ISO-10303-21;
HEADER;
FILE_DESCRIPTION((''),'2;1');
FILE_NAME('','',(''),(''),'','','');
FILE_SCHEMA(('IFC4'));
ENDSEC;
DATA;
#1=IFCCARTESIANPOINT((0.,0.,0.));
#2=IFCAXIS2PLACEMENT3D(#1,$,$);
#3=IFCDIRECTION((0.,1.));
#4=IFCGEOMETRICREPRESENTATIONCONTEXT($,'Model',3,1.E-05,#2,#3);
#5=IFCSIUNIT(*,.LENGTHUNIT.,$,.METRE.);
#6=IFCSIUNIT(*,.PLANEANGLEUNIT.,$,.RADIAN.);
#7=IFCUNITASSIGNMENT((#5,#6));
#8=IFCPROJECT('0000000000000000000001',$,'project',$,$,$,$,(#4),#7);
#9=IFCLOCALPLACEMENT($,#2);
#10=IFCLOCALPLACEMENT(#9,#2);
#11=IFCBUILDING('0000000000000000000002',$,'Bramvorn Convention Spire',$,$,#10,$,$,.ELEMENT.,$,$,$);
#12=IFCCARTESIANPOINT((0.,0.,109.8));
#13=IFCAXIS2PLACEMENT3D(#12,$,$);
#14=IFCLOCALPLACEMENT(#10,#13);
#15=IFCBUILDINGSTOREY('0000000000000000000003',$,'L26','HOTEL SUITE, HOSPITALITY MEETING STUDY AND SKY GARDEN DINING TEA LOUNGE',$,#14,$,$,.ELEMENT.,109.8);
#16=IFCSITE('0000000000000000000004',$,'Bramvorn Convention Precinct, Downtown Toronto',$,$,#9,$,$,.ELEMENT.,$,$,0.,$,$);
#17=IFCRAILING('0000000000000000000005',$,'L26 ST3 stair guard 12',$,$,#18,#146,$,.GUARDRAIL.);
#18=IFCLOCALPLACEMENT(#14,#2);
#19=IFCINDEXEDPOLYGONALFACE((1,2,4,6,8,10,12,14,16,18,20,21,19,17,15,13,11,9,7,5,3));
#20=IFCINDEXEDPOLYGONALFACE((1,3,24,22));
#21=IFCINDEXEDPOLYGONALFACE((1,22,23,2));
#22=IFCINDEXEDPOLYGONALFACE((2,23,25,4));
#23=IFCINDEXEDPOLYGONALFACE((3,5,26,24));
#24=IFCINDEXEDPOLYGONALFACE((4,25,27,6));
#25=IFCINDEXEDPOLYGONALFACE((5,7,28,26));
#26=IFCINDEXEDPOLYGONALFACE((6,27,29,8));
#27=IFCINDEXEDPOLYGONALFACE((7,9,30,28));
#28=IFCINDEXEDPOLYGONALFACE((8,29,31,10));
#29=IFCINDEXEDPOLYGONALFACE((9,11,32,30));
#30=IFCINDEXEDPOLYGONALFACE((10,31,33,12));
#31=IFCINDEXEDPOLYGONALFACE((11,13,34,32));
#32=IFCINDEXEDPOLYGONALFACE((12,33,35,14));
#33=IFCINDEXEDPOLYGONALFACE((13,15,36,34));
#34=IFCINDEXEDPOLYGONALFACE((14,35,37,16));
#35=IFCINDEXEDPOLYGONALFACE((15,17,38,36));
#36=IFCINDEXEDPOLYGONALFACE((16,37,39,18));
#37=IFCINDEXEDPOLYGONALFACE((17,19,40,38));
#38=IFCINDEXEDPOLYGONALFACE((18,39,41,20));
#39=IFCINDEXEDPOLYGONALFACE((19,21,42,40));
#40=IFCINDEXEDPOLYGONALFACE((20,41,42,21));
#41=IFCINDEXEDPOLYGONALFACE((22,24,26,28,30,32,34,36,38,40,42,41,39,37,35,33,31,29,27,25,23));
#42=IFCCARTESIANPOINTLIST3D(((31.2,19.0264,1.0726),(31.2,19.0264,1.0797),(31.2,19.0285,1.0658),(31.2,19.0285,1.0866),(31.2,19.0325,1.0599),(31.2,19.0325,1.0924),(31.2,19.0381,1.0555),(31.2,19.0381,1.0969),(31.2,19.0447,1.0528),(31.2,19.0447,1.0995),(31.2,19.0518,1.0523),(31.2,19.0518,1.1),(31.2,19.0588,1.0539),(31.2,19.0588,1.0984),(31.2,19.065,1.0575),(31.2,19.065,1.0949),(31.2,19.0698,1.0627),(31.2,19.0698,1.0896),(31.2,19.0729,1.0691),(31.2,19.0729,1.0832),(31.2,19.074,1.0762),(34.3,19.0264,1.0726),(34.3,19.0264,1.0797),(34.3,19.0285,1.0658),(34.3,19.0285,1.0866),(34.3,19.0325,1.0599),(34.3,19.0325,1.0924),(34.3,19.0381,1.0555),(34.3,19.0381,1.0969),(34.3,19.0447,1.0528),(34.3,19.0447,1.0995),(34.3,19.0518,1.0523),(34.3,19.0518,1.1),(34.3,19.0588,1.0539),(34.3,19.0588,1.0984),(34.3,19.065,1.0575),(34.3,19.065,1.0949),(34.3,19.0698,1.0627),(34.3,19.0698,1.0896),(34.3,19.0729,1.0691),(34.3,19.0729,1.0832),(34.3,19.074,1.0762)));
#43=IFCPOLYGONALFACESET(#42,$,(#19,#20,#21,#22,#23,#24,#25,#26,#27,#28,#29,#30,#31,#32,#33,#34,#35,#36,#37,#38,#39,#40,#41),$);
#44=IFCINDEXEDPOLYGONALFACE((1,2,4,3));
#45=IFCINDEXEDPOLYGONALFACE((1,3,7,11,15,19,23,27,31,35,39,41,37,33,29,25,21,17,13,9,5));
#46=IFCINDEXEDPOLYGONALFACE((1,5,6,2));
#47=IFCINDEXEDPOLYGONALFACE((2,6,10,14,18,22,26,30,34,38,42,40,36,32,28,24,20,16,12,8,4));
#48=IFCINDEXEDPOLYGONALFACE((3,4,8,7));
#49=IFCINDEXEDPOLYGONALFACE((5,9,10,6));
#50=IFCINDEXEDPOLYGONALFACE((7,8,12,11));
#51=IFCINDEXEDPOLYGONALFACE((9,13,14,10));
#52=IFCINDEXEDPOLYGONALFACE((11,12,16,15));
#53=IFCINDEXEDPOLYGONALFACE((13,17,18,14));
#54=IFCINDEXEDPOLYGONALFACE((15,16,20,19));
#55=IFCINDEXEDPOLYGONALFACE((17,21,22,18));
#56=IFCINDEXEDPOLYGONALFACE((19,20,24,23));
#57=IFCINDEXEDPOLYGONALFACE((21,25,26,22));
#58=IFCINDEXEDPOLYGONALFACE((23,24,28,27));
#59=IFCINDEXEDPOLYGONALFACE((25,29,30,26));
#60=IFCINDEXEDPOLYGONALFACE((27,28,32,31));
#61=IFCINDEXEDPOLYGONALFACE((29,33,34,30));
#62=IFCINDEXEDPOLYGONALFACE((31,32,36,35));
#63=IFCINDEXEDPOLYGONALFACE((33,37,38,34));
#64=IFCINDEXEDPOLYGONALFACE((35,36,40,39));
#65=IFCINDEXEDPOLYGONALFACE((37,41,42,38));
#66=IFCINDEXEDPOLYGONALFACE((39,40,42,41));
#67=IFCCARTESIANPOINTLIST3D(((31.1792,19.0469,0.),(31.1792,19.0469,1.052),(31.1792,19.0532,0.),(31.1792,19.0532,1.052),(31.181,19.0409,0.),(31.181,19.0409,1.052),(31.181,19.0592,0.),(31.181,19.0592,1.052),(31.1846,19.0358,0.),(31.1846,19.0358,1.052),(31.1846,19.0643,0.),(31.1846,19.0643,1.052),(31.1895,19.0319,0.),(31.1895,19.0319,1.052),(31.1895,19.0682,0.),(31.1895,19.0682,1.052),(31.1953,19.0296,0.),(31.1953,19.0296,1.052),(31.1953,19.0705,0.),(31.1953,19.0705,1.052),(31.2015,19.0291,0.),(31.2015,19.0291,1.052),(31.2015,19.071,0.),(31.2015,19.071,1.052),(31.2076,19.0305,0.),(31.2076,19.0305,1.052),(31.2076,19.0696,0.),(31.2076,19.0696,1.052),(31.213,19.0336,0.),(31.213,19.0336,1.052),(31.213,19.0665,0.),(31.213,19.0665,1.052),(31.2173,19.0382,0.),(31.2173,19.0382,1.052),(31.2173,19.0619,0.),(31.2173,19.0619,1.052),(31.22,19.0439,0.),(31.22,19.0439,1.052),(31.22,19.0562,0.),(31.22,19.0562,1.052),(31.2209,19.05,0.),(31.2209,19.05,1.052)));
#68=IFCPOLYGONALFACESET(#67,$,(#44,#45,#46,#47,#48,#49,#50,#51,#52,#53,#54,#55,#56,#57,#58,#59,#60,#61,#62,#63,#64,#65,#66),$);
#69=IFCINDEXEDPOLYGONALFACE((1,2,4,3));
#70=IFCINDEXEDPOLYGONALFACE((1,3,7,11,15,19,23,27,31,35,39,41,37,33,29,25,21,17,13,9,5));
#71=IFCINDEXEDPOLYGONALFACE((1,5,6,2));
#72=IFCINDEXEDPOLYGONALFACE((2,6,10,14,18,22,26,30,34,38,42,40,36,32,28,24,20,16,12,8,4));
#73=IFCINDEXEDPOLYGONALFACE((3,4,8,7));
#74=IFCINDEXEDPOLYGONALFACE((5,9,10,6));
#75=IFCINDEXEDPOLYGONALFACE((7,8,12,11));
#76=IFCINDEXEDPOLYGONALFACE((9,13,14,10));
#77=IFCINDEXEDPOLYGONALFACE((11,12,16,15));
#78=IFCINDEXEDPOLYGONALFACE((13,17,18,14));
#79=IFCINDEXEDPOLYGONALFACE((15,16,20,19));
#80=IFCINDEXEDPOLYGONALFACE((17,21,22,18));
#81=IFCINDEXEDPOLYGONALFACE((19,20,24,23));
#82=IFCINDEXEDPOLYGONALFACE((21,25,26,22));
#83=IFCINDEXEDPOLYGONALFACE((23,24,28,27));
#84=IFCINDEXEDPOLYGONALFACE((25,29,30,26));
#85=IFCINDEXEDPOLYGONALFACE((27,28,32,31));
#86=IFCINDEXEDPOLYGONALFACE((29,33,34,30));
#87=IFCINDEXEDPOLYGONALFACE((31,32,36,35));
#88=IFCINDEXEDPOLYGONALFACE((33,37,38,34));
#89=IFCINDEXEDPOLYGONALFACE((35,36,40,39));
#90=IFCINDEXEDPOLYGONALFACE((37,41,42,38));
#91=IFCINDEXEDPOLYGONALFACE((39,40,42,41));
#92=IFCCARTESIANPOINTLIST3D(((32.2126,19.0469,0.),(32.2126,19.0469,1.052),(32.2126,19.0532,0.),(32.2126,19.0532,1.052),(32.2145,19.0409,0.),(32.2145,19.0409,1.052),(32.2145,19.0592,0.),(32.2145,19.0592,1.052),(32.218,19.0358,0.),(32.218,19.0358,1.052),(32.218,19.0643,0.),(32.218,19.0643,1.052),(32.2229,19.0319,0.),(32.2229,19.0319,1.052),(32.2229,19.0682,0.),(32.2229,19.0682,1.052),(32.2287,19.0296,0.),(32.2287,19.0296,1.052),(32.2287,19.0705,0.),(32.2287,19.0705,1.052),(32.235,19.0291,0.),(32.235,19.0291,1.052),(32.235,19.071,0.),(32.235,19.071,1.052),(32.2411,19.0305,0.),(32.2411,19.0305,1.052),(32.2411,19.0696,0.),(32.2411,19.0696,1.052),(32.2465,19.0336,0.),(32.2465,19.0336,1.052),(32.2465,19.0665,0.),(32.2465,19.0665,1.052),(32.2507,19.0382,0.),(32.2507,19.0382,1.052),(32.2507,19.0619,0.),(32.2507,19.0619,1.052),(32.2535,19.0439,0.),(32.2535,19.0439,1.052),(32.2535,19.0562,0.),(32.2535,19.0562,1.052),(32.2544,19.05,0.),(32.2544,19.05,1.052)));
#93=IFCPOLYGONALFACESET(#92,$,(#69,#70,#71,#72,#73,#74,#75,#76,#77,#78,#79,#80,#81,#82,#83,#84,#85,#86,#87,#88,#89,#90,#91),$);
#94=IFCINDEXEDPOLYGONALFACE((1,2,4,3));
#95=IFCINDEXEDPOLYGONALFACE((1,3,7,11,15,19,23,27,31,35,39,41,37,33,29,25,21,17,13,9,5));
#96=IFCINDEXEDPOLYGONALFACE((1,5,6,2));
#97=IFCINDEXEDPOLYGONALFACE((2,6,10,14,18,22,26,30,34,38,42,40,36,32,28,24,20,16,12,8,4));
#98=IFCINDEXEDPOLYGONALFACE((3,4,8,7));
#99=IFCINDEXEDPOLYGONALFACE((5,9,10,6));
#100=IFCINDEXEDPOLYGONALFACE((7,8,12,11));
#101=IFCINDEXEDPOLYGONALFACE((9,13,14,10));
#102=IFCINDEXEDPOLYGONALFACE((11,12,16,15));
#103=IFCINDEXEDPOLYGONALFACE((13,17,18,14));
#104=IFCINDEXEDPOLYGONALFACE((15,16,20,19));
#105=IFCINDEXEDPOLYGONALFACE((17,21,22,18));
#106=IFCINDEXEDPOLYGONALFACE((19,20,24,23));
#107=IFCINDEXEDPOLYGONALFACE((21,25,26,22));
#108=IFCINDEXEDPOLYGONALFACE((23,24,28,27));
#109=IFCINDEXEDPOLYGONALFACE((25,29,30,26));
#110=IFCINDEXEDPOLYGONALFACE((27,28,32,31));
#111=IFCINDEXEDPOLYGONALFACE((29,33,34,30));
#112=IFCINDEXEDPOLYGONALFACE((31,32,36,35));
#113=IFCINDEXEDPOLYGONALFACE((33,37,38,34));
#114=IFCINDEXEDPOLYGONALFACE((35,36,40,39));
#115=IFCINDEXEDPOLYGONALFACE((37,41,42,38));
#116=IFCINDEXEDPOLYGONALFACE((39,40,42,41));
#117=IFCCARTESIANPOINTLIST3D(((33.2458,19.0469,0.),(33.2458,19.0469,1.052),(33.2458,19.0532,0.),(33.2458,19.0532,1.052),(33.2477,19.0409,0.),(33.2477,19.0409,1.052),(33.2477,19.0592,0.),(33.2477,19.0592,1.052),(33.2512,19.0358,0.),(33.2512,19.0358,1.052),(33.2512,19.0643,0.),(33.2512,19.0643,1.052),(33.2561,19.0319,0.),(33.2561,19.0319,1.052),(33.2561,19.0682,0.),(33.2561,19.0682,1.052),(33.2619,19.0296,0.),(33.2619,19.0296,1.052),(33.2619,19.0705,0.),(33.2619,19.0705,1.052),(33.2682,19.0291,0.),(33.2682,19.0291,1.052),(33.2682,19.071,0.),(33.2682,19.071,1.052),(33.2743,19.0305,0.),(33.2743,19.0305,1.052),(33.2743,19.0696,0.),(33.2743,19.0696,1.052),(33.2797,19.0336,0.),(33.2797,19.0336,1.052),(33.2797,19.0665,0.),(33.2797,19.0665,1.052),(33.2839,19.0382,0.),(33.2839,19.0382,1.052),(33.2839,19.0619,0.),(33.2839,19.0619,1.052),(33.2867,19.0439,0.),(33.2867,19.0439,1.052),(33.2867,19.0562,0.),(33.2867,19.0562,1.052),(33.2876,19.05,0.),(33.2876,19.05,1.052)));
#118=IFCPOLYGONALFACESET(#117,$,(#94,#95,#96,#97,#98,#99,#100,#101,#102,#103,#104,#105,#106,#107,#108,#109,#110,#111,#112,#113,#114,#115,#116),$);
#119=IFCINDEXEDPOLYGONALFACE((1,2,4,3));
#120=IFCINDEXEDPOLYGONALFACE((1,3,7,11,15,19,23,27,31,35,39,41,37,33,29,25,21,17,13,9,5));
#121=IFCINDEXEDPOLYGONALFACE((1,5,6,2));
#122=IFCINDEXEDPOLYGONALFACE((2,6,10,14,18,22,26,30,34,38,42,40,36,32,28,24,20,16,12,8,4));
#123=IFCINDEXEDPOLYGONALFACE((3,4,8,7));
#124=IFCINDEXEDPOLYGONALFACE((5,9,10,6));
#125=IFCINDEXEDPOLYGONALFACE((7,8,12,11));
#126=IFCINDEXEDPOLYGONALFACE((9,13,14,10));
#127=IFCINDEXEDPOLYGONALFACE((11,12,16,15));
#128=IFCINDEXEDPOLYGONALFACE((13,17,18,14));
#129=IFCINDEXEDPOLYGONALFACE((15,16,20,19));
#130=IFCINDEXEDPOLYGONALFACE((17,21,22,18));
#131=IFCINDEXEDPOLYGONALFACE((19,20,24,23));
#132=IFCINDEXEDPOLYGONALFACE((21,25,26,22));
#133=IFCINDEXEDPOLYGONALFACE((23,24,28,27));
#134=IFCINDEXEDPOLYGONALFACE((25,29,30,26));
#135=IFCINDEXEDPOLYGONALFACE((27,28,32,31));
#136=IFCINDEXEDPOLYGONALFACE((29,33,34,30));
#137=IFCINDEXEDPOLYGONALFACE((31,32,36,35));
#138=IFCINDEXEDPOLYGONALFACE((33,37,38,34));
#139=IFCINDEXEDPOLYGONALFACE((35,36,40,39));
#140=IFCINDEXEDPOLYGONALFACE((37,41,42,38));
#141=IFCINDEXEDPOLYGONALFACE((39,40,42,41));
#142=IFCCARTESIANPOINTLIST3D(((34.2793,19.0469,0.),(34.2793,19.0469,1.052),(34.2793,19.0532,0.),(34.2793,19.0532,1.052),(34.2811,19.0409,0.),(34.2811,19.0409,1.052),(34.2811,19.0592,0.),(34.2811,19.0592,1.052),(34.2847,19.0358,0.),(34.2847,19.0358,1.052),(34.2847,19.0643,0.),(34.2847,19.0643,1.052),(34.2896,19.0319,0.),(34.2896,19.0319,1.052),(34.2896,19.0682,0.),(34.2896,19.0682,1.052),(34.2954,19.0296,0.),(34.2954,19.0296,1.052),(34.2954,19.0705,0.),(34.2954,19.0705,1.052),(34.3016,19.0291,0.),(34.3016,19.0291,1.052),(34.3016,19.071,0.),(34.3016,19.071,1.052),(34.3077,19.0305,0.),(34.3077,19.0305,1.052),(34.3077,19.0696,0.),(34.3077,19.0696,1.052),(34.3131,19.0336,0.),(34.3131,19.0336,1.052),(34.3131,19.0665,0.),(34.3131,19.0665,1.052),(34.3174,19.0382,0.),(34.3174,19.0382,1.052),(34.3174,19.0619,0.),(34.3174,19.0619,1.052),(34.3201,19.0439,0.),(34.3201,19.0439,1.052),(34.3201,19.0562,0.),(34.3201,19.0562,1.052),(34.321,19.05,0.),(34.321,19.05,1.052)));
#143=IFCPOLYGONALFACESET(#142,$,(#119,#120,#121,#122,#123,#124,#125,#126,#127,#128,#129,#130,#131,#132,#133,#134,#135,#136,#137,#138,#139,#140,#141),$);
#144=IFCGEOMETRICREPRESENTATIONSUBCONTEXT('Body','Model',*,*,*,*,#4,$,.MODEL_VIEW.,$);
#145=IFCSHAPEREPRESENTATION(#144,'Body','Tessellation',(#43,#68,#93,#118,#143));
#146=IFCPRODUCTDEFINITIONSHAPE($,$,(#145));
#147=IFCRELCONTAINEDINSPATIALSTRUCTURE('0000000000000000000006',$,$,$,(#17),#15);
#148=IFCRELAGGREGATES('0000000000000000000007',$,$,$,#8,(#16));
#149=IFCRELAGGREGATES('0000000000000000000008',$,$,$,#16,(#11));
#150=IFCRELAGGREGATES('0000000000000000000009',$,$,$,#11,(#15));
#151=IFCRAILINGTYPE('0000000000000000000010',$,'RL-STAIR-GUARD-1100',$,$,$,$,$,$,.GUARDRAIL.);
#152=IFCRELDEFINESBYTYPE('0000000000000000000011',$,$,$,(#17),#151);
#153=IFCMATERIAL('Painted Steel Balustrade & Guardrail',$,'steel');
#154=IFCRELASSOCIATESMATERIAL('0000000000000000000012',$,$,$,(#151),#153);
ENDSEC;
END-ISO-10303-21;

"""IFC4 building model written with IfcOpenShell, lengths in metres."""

from ifc_helpers import new_model, si_unit, direction, frame, origin, origin_2d, place, context, subcontext, project, spatial, circle, extrude, material, type_object, element, save


model = new_model("IFC4")

# Units and contexts
model_context = context("Model", 3, precision=1e-05, world=origin(), true_north=direction((0.0, 1.0)))
body_context = subcontext(model_context, "Body", "Model", "MODEL_VIEW")
ifc_project = project(units=[si_unit("LENGTHUNIT", "METRE"), si_unit("PLANEANGLEUNIT", "RADIAN")], contexts=[model_context])

# Site, building, storey
site_placement = place(None, origin())
site = spatial("IfcSite", under=ifc_project, at=site_placement, Name="Bramvorn Convention Precinct, Downtown Toronto", CompositionType="ELEMENT", RefElevation=0.0)
building_placement = place(site_placement, origin())
building = spatial("IfcBuilding", under=site, at=building_placement, Name="Bramvorn Convention Spire", CompositionType="ELEMENT")
storey_placement = place(building_placement, frame((0.0, 0.0, 109.8)))
storey = spatial("IfcBuildingStorey", under=building, at=storey_placement, Name="L26", Description="HOTEL SUITE, HOSPITALITY MEETING STUDY AND SKY GARDEN DINING TEA LOUNGE", CompositionType="ELEMENT", Elevation=109.8)

# Railing
ifc_material_1 = material(Name="Painted Steel Balustrade & Guardrail", Category="steel")
railing_type = type_object("IfcRailingType", Name="RL-STAIR-GUARD-1100", PredefinedType="GUARDRAIL", material=ifc_material_1)
railing_1_placement = place(storey_placement, frame((31.2, 19.05, 0.0)))
element("IfcRailing", 1, at=railing_1_placement, inside=storey, type_object=railing_type, Name="L26 ST3 stair guard 12", PredefinedType="GUARDRAIL", context=body_context, shape_type="SweptSolid", body=[
    extrude(circle(Radius=0.0239, at=origin_2d()), frame((0.0, 0.0, 1.0762), z_axis=(1.0, 0.0, 0.0), x_axis=(0.0, 1.0, 0.0)), (0.0, 0.0, 1.0), 3.1001),
    extrude(circle(Radius=0.021, at=origin_2d()), origin(), (0.0, 0.0, 1.0), 1.052),
    extrude(circle(Radius=0.021, at=origin_2d()), frame((1.0334, 0.0, 0.0)), (0.0, 0.0, 1.0), 1.052),
    extrude(circle(Radius=0.021, at=origin_2d()), frame((2.0667, 0.0, 0.0)), (0.0, 0.0, 1.0), 1.052),
    extrude(circle(Radius=0.021, at=origin_2d()), frame((3.1001, 0.0, 0.0)), (0.0, 0.0, 1.0), 1.052),
])

save(model, "model.ifc")
